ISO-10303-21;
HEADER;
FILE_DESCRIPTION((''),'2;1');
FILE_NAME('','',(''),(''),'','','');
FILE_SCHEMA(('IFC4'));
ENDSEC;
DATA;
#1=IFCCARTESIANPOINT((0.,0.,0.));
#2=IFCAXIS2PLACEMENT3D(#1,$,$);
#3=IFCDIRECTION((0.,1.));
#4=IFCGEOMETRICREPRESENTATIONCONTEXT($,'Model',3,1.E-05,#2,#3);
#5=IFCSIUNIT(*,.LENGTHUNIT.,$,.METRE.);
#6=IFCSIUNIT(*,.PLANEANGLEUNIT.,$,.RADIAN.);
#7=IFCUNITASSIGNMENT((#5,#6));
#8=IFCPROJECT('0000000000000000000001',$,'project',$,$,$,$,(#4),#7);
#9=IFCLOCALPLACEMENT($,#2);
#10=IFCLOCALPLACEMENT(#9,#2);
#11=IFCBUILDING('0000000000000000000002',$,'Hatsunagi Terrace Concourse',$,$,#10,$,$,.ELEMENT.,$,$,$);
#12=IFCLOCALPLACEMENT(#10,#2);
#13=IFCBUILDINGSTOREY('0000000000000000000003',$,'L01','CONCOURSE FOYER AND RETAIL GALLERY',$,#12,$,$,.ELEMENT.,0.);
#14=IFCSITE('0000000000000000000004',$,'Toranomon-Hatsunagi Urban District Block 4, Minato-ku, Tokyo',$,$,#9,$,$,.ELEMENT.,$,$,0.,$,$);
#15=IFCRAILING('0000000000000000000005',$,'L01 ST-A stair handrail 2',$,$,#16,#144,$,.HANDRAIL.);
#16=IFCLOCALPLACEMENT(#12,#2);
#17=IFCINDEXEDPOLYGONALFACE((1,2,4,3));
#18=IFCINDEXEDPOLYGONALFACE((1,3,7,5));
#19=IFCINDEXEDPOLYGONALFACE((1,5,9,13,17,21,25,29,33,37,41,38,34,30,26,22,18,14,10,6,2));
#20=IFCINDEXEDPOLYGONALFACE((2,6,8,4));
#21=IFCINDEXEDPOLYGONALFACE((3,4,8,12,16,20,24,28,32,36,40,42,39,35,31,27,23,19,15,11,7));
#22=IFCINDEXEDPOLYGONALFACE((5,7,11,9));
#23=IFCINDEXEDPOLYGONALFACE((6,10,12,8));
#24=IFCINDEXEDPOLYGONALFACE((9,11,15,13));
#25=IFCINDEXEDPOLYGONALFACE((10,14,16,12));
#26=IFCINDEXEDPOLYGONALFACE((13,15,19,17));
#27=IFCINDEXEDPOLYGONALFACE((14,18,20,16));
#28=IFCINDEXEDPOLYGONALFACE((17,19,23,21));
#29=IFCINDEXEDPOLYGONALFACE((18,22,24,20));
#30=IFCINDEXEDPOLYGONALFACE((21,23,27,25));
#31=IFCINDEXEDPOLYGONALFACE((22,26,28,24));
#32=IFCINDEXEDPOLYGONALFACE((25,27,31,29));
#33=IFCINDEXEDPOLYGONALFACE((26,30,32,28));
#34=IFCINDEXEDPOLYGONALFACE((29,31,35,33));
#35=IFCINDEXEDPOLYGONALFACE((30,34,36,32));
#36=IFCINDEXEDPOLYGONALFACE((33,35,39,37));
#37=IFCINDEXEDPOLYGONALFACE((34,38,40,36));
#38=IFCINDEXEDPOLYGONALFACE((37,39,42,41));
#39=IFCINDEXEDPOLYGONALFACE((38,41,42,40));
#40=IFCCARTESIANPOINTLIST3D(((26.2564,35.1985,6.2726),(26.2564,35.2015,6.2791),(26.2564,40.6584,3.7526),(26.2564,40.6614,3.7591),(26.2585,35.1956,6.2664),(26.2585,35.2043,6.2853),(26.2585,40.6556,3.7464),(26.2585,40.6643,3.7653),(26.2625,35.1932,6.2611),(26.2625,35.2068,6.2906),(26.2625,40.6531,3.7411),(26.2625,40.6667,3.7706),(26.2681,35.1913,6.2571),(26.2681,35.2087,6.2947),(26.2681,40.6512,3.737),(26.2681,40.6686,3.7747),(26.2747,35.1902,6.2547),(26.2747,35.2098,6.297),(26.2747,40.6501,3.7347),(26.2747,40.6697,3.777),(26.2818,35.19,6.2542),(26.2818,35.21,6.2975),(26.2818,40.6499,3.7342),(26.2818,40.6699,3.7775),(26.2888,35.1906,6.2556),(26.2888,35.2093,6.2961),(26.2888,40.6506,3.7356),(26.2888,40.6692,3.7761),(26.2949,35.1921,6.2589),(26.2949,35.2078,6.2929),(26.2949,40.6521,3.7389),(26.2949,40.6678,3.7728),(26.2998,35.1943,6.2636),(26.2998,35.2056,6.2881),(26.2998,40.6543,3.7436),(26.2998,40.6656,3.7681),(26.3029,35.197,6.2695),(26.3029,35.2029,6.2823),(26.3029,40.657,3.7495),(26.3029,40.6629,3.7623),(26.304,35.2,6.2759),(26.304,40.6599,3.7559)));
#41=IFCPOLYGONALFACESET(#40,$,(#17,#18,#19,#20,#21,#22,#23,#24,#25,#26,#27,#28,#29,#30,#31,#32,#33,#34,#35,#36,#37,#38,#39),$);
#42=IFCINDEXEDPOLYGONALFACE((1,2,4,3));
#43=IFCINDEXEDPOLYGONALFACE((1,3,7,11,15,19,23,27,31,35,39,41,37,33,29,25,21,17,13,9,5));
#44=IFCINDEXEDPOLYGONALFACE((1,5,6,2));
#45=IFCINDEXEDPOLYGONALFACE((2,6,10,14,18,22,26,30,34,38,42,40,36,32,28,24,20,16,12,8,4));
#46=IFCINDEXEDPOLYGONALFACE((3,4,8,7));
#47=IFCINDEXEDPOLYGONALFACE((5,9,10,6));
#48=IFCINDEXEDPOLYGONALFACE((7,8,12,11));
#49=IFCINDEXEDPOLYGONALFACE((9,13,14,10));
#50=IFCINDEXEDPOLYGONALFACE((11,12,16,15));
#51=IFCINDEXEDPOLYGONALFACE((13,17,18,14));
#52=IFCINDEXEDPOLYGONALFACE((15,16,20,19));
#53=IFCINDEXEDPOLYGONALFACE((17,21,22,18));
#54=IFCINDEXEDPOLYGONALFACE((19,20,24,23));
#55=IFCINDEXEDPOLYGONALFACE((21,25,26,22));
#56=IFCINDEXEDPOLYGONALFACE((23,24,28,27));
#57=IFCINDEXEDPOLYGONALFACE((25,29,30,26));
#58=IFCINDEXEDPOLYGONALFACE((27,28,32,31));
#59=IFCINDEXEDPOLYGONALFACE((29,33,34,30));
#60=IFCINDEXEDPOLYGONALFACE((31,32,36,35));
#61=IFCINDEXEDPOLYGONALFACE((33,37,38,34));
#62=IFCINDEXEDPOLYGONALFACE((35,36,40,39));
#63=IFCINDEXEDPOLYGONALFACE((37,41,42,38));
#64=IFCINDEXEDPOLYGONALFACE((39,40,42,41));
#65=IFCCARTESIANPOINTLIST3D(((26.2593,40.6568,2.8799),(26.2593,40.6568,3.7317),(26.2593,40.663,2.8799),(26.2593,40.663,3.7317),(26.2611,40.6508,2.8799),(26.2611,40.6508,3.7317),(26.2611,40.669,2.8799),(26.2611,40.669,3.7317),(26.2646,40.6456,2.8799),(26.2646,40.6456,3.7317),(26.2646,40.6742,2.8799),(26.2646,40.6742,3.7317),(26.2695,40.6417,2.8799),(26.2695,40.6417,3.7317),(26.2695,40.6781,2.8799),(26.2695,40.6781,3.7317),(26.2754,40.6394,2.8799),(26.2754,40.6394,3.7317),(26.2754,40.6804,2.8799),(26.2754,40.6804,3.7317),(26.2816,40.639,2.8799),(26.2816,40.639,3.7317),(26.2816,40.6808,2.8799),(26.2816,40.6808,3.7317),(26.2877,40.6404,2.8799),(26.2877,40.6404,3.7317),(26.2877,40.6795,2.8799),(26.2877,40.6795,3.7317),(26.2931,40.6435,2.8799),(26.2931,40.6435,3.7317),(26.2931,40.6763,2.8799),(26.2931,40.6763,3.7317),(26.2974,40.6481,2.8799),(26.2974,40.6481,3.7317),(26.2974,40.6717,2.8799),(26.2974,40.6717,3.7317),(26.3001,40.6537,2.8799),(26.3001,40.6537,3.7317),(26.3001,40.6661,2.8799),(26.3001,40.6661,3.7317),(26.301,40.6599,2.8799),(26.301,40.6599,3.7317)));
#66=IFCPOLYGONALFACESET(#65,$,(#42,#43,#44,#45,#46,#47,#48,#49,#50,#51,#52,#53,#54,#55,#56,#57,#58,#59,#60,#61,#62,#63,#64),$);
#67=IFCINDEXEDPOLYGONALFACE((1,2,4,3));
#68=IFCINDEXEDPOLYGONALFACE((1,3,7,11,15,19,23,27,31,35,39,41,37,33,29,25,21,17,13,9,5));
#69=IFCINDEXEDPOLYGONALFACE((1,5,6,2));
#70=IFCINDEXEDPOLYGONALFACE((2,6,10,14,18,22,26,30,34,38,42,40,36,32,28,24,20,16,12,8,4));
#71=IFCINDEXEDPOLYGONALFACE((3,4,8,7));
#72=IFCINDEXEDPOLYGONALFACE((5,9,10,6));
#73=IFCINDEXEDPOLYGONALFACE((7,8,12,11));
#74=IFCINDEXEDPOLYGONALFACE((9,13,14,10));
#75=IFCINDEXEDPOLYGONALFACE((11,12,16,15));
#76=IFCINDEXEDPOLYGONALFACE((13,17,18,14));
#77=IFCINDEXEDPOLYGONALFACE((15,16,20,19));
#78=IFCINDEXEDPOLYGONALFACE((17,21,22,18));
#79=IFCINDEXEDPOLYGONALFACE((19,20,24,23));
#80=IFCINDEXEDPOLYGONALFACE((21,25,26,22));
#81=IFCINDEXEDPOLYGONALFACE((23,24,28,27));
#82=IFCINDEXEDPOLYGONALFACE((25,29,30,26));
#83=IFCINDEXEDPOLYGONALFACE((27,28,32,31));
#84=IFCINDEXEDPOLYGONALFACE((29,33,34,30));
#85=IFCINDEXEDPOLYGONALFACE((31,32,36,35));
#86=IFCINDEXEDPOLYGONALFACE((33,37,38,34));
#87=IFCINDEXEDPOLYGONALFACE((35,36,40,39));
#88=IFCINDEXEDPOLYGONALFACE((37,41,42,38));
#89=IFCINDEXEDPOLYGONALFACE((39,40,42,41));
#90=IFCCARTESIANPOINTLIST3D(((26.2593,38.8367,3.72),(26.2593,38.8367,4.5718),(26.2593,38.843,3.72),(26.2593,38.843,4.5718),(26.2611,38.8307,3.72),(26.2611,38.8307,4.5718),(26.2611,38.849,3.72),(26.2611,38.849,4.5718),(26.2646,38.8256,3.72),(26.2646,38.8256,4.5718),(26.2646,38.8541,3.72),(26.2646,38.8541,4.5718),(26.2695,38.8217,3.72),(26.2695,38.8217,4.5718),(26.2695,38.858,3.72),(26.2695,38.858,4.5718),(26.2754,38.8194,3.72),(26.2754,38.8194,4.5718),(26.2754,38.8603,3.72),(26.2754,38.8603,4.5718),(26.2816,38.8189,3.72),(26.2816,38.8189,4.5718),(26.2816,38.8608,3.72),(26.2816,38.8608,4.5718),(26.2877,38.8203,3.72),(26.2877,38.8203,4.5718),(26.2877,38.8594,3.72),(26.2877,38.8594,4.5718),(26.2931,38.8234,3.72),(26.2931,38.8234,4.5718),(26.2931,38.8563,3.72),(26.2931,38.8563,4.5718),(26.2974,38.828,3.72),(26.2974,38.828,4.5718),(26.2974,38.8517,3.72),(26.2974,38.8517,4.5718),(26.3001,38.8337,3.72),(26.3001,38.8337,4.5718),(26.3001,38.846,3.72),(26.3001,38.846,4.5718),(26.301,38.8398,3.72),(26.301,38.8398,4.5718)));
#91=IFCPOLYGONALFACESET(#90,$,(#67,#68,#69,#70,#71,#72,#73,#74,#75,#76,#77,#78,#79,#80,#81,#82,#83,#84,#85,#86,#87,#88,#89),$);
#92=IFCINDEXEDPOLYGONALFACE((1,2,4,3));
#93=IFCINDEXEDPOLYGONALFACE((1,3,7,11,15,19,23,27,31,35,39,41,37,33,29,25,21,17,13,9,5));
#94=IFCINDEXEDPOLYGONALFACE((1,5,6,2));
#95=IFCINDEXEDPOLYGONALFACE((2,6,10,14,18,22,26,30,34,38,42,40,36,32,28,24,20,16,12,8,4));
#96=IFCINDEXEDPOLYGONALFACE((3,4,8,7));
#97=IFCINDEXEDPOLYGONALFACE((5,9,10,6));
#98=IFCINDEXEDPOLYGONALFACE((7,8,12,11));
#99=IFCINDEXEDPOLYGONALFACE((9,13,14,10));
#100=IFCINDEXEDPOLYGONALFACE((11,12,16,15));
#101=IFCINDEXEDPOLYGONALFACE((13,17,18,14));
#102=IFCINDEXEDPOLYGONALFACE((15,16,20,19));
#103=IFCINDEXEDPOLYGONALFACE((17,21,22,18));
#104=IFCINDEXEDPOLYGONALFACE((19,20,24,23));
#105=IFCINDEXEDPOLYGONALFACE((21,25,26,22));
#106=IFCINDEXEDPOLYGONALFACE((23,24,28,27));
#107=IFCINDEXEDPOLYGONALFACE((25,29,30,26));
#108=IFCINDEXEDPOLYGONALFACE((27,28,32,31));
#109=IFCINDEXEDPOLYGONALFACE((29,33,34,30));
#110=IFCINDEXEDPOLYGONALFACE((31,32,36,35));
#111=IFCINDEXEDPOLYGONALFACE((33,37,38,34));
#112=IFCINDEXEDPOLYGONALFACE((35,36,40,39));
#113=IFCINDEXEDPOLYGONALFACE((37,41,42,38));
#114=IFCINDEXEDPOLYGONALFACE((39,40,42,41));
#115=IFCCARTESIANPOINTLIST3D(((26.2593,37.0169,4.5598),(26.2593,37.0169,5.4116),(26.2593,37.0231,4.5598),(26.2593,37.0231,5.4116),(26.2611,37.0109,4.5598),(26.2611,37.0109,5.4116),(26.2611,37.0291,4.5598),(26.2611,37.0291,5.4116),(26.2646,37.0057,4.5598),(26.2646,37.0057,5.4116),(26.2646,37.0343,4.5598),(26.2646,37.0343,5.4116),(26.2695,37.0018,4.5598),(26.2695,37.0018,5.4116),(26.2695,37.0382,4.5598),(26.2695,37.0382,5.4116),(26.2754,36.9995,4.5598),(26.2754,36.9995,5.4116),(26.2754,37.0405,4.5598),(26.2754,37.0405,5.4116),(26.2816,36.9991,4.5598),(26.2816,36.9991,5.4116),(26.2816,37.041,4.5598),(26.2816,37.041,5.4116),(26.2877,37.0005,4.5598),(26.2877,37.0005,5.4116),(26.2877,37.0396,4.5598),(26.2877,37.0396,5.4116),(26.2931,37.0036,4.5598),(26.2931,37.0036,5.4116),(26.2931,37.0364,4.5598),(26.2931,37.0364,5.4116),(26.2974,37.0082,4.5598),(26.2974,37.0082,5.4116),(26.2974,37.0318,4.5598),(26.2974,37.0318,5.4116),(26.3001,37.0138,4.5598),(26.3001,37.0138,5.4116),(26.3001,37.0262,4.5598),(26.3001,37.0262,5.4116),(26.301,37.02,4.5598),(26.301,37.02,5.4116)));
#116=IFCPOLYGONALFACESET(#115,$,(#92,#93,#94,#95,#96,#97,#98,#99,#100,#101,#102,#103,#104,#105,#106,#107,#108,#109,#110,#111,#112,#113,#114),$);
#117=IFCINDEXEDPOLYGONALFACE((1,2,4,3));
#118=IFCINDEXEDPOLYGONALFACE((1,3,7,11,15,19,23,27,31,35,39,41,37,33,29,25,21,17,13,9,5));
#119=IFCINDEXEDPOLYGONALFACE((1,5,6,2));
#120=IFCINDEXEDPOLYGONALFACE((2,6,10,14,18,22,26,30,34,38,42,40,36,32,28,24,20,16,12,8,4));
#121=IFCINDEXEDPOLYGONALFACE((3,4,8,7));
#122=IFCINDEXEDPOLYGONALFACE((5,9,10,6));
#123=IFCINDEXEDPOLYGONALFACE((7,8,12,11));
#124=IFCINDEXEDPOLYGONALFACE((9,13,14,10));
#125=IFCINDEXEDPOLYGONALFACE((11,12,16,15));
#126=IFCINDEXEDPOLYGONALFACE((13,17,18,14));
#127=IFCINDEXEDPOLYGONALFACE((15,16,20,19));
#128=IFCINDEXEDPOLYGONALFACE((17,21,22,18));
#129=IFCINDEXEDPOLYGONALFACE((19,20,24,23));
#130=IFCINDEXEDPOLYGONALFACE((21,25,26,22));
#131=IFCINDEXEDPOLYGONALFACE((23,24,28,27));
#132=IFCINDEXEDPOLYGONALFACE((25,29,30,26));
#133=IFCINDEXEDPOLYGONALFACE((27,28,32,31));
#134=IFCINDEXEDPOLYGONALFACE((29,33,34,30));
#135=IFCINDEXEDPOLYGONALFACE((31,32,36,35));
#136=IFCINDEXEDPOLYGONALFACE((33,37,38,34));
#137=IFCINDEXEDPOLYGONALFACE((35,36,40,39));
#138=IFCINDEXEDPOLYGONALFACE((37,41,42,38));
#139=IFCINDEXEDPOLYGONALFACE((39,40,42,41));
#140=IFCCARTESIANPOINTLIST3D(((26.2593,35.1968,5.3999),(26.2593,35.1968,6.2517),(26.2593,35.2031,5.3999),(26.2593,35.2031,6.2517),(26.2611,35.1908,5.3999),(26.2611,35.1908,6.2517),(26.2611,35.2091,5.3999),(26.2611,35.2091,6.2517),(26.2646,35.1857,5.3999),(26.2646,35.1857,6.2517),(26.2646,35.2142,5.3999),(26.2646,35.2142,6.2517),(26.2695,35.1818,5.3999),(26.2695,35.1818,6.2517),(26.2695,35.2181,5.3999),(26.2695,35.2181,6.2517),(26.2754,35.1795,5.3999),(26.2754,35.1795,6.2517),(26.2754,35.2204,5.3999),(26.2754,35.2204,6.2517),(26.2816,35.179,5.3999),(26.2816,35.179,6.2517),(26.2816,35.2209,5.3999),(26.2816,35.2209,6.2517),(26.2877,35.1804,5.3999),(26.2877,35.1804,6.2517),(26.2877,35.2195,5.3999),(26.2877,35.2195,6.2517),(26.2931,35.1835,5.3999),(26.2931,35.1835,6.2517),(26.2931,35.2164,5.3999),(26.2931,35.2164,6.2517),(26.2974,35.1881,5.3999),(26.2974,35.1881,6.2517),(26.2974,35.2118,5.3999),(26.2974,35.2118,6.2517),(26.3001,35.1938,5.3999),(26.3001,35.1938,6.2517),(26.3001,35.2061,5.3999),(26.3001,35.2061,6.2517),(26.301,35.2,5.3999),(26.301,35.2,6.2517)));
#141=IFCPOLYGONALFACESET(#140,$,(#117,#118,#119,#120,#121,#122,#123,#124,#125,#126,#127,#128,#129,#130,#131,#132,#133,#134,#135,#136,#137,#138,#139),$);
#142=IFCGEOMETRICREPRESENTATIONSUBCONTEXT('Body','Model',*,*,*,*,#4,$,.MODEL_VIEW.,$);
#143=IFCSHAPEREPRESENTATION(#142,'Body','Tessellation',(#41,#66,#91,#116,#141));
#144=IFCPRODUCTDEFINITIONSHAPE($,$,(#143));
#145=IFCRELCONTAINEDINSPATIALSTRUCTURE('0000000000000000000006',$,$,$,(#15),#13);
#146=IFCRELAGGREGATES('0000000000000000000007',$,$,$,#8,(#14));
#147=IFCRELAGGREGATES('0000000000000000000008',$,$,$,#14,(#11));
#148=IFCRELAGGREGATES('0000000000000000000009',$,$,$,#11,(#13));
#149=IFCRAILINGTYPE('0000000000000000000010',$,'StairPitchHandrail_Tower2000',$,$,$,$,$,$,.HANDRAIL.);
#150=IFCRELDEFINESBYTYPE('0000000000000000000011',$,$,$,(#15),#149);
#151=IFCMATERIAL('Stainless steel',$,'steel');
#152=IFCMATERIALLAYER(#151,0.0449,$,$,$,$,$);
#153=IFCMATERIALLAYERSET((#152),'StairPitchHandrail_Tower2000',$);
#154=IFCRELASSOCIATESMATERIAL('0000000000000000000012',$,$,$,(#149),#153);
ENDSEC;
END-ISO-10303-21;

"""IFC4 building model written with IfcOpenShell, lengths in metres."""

from ifc_helpers import new_model, si_unit, direction, frame, origin, origin_2d, place, context, subcontext, project, spatial, circle, extrude, material, layer, layer_set, type_object, element, save


model = new_model("IFC4")

# Units and contexts
model_context = context("Model", 3, precision=1e-05, world=origin(), true_north=direction((0.0, 1.0)))
body_context = subcontext(model_context, "Body", "Model", "MODEL_VIEW")
ifc_project = project(units=[si_unit("LENGTHUNIT", "METRE"), si_unit("PLANEANGLEUNIT", "RADIAN")], contexts=[model_context])

# Site, building, storey
site_placement = place(None, origin())
site = spatial("IfcSite", under=ifc_project, at=site_placement, Name="Toranomon-Hatsunagi Urban District Block 4, Minato-ku, Tokyo", CompositionType="ELEMENT", RefElevation=0.0)
building_placement = place(site_placement, origin())
building = spatial("IfcBuilding", under=site, at=building_placement, Name="Hatsunagi Terrace Concourse", CompositionType="ELEMENT")
storey_placement = place(building_placement, origin())
storey = spatial("IfcBuildingStorey", under=building, at=storey_placement, Name="L01", Description="CONCOURSE FOYER AND RETAIL GALLERY", CompositionType="ELEMENT", Elevation=0.0)

# Railing
ifc_material_1 = material(Name="Stainless steel", Category="steel")
ifc_layer_1 = layer(ifc_material_1, 0.0449)
ifc_layer_set_1 = layer_set([ifc_layer_1], Name="StairPitchHandrail_Tower2000")
railing_type_1 = type_object("IfcRailingType", Name="StairPitchHandrail_Tower2000", PredefinedType="HANDRAIL", material=ifc_layer_set_1)
railing_1_placement = place(storey_placement, frame((26.28, 40.6599, 2.8799)))
element("IfcRailing", 1, at=railing_1_placement, inside=storey, type_object=railing_type_1, Name="L01 ST-A stair handrail 2", PredefinedType="HANDRAIL", context=body_context, shape_type="SweptSolid", body=[
    extrude(circle(Radius=0.0239, at=origin_2d()), frame((0.0, 0.0, 0.876), z_axis=(0.0, -0.907957, 0.419063), x_axis=(1.0, 0.0, 0.0)), (0.0, 0.0, 1.0), 6.0134),
    extrude(circle(Radius=0.021, at=origin_2d()), origin(), (0.0, 0.0, 1.0), 0.8518),
    extrude(circle(Radius=0.021, at=origin_2d()), frame((0.0, -1.8201, 0.8401)), (0.0, 0.0, 1.0), 0.8518),
    extrude(circle(Radius=0.021, at=origin_2d()), frame((0.0, -3.6399, 1.6799)), (0.0, 0.0, 1.0), 0.8518),
    extrude(circle(Radius=0.021, at=origin_2d()), frame((0.0, -5.46, 2.52)), (0.0, 0.0, 1.0), 0.8518),
])

save(model, "model.ifc")
